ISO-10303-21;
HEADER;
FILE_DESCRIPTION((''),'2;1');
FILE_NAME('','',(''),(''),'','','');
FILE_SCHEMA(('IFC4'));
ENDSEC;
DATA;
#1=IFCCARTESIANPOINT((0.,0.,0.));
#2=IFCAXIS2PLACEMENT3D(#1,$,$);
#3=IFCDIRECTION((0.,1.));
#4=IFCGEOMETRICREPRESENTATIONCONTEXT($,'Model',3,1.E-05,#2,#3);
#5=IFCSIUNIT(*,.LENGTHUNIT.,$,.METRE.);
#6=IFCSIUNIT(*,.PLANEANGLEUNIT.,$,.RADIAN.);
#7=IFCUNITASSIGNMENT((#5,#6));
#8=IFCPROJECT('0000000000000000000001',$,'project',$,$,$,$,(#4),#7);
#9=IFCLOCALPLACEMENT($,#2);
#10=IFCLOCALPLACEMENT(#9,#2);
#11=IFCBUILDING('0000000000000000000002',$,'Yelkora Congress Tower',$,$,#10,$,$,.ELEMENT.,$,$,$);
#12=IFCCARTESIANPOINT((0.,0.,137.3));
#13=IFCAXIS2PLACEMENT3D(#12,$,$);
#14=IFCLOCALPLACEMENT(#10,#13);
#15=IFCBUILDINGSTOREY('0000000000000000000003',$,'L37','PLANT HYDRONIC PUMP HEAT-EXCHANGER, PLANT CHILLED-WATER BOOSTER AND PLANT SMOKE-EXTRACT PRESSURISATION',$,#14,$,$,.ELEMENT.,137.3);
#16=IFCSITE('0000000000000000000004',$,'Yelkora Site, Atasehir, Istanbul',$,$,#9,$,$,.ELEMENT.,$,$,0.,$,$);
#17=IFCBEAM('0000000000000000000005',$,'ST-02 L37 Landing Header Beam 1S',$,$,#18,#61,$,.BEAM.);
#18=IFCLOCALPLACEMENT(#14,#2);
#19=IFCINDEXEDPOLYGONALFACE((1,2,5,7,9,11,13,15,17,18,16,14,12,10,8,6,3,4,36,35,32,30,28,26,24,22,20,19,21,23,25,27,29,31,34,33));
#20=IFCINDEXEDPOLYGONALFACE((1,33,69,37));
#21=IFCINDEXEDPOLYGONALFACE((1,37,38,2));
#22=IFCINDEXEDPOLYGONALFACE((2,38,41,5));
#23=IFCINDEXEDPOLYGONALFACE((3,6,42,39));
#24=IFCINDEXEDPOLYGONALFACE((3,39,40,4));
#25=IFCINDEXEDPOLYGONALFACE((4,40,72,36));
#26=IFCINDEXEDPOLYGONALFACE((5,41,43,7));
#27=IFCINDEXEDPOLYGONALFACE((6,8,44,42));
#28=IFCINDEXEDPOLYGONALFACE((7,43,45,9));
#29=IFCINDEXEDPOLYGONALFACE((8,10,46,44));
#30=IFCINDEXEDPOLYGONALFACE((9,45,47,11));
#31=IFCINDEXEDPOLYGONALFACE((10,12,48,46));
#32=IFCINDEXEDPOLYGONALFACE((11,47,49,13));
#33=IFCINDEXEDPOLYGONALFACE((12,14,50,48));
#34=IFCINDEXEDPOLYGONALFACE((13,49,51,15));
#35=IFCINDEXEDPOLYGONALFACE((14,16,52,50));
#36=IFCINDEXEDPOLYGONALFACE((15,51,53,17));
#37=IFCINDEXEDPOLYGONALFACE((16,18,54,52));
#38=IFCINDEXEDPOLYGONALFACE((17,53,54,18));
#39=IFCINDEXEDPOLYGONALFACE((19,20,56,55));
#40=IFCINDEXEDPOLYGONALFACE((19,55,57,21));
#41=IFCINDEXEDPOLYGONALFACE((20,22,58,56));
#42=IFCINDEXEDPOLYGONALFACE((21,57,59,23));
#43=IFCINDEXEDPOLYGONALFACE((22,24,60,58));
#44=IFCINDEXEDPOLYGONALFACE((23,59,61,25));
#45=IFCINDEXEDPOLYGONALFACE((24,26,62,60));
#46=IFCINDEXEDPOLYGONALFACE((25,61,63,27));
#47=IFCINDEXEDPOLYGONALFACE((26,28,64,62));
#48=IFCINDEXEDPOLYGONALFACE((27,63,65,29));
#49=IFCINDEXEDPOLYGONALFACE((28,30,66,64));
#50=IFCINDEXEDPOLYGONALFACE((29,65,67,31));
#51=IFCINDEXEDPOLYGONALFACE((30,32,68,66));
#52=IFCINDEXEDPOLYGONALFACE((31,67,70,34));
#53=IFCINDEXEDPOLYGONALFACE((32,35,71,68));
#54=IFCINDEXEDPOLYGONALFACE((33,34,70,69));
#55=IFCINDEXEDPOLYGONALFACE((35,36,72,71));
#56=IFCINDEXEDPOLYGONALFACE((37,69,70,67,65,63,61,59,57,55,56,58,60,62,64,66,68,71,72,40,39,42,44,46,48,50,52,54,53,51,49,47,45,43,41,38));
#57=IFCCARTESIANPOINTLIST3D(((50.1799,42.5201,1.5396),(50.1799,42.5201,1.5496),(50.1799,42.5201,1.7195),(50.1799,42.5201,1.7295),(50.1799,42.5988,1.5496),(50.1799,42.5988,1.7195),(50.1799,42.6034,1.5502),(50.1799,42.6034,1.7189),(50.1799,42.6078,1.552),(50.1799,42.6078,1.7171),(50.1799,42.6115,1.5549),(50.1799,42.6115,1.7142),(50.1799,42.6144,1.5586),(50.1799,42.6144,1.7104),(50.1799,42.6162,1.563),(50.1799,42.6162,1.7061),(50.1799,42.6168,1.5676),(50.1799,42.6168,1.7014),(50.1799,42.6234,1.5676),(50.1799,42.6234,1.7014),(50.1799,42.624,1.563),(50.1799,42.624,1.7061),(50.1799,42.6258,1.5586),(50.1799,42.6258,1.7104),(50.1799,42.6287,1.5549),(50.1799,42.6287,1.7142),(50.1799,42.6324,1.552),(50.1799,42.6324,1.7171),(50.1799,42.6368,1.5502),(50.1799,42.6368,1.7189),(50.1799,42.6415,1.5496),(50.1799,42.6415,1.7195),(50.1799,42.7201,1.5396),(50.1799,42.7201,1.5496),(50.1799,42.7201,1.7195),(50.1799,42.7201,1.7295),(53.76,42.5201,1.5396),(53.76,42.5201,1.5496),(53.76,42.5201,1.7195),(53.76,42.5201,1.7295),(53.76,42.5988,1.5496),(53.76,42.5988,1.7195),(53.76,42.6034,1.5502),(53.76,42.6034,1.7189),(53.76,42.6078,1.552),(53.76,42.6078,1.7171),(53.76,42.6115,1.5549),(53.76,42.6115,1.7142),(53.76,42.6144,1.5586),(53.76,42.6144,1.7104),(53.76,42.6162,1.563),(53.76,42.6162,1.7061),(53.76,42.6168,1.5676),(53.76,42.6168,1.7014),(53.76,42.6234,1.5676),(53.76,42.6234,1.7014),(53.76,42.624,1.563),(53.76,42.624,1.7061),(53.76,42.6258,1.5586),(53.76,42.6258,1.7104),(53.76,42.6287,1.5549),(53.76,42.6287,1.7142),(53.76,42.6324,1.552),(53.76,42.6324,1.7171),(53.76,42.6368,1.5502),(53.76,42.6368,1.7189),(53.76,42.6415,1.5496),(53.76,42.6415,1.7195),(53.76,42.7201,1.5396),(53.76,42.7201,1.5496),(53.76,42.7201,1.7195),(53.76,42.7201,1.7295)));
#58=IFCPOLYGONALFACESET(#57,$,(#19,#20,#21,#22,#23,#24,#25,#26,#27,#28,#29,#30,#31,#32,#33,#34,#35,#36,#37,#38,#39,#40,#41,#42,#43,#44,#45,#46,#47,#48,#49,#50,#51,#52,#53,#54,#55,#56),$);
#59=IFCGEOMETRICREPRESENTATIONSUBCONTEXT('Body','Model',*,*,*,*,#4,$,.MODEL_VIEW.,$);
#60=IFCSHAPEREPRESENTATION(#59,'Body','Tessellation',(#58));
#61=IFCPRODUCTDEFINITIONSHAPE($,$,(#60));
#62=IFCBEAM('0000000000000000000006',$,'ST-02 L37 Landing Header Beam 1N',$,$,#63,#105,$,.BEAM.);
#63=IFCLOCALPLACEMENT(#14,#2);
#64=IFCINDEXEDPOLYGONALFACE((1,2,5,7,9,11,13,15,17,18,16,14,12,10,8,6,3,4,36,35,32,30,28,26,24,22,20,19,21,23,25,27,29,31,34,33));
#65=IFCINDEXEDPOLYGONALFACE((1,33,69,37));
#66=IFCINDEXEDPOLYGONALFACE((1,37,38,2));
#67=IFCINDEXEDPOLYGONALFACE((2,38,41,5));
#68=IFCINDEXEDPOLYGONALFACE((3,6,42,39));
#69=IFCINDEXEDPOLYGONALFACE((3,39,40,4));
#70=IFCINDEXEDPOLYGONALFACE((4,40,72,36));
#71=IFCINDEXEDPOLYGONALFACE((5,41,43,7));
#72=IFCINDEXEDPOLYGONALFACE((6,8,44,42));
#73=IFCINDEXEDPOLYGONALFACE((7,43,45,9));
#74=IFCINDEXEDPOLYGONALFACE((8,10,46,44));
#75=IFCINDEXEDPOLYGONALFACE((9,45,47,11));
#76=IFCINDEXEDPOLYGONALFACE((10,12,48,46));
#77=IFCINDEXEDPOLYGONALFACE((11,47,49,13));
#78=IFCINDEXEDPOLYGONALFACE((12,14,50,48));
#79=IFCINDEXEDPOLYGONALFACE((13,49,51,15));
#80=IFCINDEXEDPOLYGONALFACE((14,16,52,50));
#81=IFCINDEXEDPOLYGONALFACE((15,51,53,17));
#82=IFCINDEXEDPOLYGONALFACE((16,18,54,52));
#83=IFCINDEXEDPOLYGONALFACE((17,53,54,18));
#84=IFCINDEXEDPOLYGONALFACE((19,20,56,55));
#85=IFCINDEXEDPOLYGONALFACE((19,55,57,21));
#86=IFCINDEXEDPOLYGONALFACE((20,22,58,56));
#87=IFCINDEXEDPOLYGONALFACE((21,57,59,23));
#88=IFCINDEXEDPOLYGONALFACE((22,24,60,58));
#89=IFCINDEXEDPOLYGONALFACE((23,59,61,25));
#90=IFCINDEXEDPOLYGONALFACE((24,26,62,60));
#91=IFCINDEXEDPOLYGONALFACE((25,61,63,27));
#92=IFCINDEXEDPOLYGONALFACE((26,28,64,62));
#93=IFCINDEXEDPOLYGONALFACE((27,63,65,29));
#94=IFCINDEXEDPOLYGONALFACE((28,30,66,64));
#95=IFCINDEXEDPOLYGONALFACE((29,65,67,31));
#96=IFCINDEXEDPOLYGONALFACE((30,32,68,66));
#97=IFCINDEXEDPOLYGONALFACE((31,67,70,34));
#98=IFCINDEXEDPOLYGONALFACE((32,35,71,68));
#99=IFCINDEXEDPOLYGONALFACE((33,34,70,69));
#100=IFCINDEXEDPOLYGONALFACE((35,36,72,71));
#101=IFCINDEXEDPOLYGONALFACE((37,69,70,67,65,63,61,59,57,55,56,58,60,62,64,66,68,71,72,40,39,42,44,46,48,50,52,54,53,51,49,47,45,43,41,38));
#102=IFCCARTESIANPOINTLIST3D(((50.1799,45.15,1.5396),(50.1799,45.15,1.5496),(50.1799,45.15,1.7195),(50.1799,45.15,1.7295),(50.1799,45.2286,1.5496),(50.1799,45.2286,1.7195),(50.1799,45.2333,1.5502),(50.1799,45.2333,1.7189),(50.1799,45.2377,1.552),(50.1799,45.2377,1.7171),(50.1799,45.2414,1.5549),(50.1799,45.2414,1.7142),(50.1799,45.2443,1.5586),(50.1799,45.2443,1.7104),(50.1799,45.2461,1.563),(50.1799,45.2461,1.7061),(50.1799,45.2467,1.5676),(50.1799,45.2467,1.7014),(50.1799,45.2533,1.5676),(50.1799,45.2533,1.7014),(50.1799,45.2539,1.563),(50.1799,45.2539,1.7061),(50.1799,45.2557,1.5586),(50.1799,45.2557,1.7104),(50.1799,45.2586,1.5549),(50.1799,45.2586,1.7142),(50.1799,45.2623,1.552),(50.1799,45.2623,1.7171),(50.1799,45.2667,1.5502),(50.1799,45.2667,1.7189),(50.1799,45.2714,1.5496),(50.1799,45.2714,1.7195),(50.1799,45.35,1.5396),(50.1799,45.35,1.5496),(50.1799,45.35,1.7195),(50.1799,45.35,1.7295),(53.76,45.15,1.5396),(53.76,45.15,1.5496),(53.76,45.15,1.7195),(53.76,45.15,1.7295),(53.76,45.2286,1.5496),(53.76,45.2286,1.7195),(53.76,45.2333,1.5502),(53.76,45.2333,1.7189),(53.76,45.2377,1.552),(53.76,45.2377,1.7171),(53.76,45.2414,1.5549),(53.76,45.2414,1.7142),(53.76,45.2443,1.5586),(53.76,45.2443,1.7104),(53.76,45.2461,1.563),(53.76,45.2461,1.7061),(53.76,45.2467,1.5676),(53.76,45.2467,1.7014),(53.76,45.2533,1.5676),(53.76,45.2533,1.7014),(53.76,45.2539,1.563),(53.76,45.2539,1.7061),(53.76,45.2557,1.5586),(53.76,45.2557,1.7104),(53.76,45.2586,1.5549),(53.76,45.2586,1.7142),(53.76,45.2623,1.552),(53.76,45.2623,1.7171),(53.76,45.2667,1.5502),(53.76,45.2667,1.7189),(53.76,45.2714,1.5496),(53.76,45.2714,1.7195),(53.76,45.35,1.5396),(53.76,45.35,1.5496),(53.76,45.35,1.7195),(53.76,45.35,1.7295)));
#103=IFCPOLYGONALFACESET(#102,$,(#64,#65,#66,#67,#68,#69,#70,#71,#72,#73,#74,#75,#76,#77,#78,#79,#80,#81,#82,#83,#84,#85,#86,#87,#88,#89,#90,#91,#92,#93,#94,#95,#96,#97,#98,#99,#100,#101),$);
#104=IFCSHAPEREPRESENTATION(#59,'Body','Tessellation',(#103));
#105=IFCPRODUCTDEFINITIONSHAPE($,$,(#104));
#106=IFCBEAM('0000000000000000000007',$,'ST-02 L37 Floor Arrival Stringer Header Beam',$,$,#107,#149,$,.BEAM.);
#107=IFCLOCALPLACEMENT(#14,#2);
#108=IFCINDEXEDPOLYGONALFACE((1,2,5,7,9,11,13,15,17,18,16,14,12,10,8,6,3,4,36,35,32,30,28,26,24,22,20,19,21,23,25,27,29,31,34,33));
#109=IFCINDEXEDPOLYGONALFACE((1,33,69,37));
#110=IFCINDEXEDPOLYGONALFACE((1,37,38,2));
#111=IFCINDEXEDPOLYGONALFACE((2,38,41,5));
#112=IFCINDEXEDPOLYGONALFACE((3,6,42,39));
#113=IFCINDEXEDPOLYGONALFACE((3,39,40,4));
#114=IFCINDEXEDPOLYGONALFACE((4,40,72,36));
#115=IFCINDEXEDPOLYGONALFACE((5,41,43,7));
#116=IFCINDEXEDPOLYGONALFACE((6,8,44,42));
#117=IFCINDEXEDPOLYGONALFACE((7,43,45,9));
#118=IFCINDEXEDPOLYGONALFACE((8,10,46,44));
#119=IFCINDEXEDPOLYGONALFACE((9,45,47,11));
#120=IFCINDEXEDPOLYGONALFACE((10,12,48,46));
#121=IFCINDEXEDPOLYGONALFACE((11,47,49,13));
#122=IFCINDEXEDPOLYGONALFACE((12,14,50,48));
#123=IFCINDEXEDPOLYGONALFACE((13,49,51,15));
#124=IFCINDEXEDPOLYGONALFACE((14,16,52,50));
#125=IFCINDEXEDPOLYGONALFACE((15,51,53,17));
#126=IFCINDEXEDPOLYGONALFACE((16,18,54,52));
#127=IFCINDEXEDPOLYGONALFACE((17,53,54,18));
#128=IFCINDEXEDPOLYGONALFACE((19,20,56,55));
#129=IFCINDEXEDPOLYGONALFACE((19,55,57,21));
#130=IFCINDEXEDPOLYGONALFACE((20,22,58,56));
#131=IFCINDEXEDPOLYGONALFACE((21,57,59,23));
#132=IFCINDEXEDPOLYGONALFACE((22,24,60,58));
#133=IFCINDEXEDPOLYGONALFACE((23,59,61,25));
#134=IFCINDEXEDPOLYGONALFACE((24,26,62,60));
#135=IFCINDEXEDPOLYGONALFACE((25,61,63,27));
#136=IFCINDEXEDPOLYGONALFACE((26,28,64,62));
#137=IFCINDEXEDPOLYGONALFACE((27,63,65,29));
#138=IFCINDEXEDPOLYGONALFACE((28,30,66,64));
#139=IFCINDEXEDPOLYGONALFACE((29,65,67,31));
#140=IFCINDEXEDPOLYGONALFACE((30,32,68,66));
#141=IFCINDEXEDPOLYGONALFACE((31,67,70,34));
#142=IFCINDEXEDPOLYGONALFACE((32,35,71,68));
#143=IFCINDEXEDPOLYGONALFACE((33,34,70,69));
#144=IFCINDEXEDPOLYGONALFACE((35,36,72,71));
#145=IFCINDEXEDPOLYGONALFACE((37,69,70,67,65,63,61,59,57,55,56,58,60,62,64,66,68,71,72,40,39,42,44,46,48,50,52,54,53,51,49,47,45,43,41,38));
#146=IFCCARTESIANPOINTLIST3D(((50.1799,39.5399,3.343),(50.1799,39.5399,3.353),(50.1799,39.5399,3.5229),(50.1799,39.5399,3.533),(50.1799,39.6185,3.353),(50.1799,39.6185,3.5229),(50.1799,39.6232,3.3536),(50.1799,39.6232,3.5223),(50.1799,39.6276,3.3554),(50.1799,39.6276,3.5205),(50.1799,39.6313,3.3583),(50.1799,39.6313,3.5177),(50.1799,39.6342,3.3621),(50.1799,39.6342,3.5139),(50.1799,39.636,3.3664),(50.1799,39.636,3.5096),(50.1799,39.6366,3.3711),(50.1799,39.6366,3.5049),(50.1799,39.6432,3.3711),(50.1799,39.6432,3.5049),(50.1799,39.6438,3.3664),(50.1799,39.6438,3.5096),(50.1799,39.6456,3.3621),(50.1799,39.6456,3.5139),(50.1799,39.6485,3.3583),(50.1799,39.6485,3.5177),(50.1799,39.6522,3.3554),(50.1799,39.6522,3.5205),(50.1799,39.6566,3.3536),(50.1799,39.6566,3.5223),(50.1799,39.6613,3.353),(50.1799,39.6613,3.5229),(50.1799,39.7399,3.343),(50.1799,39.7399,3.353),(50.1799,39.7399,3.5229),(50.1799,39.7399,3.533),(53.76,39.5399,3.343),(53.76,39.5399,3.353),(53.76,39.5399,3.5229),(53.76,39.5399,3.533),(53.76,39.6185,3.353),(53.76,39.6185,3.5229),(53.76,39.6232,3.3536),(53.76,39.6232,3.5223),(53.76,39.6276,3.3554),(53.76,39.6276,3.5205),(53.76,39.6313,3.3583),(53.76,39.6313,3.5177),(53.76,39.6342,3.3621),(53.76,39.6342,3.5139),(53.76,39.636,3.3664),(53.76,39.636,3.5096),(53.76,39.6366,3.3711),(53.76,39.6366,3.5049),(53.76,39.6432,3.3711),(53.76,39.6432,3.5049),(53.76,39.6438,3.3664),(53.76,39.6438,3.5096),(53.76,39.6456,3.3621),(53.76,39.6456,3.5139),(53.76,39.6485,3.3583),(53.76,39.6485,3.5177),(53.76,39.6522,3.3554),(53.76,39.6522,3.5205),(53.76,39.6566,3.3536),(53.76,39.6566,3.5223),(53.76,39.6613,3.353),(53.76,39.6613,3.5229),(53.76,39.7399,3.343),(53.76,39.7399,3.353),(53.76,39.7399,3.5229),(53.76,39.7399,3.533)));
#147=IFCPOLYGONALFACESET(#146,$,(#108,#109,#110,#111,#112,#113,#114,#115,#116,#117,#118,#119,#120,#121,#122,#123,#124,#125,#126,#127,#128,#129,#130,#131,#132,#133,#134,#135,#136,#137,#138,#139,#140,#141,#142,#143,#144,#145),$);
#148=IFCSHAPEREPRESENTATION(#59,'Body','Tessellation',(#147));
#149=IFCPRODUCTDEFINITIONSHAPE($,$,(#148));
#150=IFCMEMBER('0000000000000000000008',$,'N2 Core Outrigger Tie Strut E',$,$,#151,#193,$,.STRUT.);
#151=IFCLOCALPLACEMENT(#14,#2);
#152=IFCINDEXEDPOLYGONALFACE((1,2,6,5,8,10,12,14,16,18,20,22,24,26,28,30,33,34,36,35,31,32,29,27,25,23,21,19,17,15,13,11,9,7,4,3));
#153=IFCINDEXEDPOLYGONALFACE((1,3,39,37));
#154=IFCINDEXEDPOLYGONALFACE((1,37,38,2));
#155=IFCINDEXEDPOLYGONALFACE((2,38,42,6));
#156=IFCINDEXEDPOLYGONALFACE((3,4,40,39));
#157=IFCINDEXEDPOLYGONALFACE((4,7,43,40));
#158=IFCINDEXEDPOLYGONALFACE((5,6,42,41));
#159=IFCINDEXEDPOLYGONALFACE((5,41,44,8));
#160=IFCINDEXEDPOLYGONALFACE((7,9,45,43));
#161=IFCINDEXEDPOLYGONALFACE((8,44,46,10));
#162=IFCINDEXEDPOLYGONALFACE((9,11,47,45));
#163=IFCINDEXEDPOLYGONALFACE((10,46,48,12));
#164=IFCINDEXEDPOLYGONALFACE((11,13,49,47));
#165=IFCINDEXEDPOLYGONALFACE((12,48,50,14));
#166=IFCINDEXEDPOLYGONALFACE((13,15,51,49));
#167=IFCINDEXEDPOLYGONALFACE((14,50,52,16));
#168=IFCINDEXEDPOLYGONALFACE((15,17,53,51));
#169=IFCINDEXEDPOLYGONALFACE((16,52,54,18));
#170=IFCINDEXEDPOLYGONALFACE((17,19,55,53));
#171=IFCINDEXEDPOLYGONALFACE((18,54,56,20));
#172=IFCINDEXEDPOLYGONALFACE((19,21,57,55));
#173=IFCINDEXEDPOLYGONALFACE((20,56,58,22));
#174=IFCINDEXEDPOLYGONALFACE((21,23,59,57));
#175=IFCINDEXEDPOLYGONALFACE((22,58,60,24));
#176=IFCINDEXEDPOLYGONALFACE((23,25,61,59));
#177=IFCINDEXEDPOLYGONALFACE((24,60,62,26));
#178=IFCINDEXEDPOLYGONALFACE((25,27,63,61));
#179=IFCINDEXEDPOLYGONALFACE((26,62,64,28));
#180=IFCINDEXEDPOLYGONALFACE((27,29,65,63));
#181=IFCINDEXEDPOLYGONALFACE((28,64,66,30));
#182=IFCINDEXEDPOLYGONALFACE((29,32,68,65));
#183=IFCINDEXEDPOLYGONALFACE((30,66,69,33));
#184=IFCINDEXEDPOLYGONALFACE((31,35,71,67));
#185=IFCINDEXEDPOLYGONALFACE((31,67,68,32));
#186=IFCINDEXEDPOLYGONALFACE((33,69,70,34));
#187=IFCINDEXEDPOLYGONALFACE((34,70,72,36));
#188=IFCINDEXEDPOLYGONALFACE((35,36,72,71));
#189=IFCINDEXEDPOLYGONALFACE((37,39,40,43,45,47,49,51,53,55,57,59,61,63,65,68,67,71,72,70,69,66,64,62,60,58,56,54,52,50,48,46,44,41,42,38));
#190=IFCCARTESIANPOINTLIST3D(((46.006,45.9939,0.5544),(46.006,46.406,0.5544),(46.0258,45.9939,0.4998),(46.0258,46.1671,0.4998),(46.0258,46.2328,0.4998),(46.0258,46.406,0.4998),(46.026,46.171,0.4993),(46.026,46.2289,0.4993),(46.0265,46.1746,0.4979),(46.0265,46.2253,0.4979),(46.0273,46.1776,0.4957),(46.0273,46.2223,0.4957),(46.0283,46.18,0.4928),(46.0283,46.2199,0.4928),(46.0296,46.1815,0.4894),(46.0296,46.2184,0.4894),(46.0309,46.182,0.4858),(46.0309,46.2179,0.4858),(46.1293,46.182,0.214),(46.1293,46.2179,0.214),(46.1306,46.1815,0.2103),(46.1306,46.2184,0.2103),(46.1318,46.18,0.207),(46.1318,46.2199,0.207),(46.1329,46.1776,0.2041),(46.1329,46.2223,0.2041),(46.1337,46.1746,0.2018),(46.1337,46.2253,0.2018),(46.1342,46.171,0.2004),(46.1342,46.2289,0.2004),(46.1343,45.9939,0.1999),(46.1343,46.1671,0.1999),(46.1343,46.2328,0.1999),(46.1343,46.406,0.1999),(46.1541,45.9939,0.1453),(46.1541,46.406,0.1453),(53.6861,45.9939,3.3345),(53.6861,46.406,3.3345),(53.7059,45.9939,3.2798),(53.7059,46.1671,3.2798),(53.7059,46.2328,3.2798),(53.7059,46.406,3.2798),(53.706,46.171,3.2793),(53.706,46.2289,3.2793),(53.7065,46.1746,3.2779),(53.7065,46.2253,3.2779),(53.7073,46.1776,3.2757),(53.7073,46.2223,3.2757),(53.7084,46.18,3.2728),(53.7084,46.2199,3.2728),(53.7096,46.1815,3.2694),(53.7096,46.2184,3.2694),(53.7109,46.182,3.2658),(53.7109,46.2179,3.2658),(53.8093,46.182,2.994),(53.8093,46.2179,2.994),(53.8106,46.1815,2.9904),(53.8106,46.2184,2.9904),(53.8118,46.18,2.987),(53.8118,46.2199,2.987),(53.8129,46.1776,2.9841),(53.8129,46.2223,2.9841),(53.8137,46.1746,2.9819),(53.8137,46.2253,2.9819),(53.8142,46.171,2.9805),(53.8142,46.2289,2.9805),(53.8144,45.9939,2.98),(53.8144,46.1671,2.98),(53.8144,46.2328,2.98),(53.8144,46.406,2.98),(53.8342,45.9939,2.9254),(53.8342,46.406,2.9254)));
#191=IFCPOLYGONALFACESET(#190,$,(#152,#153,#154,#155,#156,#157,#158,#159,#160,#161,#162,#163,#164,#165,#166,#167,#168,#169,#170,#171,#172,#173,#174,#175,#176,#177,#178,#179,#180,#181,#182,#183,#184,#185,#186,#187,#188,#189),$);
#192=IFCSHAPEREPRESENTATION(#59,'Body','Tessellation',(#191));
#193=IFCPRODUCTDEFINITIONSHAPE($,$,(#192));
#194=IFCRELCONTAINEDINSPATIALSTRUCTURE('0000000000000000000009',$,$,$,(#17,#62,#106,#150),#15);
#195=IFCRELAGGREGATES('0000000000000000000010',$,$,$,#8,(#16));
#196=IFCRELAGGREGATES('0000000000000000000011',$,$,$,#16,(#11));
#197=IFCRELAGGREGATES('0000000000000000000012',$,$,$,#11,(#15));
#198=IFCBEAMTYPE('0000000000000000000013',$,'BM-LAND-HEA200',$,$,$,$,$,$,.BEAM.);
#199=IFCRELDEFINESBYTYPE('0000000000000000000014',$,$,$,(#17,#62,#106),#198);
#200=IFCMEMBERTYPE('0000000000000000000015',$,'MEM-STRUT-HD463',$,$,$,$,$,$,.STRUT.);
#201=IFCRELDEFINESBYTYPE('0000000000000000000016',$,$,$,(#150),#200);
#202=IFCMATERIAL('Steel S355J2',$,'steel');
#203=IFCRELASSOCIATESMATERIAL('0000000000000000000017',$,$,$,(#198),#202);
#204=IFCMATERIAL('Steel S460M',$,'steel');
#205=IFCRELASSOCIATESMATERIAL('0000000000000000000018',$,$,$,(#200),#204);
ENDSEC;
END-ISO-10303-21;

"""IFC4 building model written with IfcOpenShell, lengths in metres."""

from ifc_helpers import new_model, si_unit, direction, frame, origin, origin_2d, place, context, subcontext, project, spatial, i_section, extrude, material, material_profile, profile_set, type_object, element, save


model = new_model("IFC4")

# Units and contexts
model_context = context("Model", 3, precision=1e-05, world=origin(), true_north=direction((0.0, 1.0)))
body_context = subcontext(model_context, "Body", "Model", "MODEL_VIEW")
ifc_project = project(units=[si_unit("LENGTHUNIT", "METRE"), si_unit("PLANEANGLEUNIT", "RADIAN")], contexts=[model_context])

# Site, building, storey
site_placement = place(None, origin())
site = spatial("IfcSite", under=ifc_project, at=site_placement, Name="Yelkora Site, Atasehir, Istanbul", CompositionType="ELEMENT", RefElevation=0.0)
building_placement = place(site_placement, origin())
building = spatial("IfcBuilding", under=site, at=building_placement, Name="Yelkora Congress Tower", CompositionType="ELEMENT")
storey_placement = place(building_placement, frame((0.0, 0.0, 137.3)))
storey = spatial("IfcBuildingStorey", under=building, at=storey_placement, Name="L37", Description="PLANT HYDRONIC PUMP HEAT-EXCHANGER, PLANT CHILLED-WATER BOOSTER AND PLANT SMOKE-EXTRACT PRESSURISATION", CompositionType="ELEMENT", Elevation=137.3)

# Beams
ifc_material_1 = material(Name="Steel S355J2", Category="steel")
ifc_material_profile_1 = material_profile(ifc_material_1, i_section(OverallWidth=0.2, OverallDepth=0.1899, WebThickness=0.0066, FlangeThickness=0.01, FilletRadius=0.0181, at=origin_2d()), Name="HEA 200")
ifc_profile_set_1 = profile_set([ifc_material_profile_1], Name="Steel S355J2")
beam_type = type_object("IfcBeamType", Name="BM-LAND-HEA200", PredefinedType="BEAM", material=ifc_profile_set_1)
for number, where, z_axis, x_axis, name in (
    (1, (50.1799, 42.6201, 1.6345), (1.0, 0.0, 0.0), (0.0, 1.0, 0.0), "ST-02 L37 Landing Header Beam 1S"),
    (2, (50.1799, 45.25, 1.6345), (1.0, 0.0, 0.0), (0.0, 1.0, 0.0), "ST-02 L37 Landing Header Beam 1N"),
    (3, (50.1799, 39.6399, 3.438), (1.0, 0.0, 0.0), (0.0, 1.0, 0.0), "ST-02 L37 Floor Arrival Stringer Header Beam"),
):
    element("IfcBeam", number, at=place(storey_placement, frame(where, z_axis=z_axis, x_axis=x_axis)), inside=storey, type_object=beam_type, Name=name, PredefinedType="BEAM", context=body_context, shape_type="SweptSolid", body=[
        extrude(i_section(OverallWidth=0.2, OverallDepth=0.1899, WebThickness=0.0066, FlangeThickness=0.01, FilletRadius=0.0181, at=origin_2d()), origin(), (0.0, 0.0, 1.0), 3.5801),
    ])

# Member
ifc_material_2 = material(Name="Steel S460M", Category="steel")
ifc_material_profile_2 = material_profile(ifc_material_2, i_section(OverallWidth=0.4121, OverallDepth=0.4351, WebThickness=0.0359, FlangeThickness=0.0581, FilletRadius=0.0149, at=origin_2d()), Name="HD 400x463")
ifc_profile_set_2 = profile_set([ifc_material_profile_2], Name="Steel S460M")
member_type = type_object("IfcMemberType", Name="MEM-STRUT-HD463", PredefinedType="STRUT", material=ifc_profile_set_2)
member_placement = place(storey_placement, frame((46.0801, 46.2, 0.3499), z_axis=(0.940291, 0.0, 0.340372), x_axis=(0.0, 1.0, 0.0)))
element("IfcMember", 4, at=member_placement, inside=storey, type_object=member_type, Name="N2 Core Outrigger Tie Strut E", PredefinedType="STRUT", context=body_context, shape_type="SweptSolid", body=[
    extrude(i_section(OverallWidth=0.4121, OverallDepth=0.4351, WebThickness=0.0359, FlangeThickness=0.0581, FilletRadius=0.0149, at=origin_2d()), origin(), (0.0, 0.0, 1.0), 8.1677),
])

save(model, "model.ifc")
